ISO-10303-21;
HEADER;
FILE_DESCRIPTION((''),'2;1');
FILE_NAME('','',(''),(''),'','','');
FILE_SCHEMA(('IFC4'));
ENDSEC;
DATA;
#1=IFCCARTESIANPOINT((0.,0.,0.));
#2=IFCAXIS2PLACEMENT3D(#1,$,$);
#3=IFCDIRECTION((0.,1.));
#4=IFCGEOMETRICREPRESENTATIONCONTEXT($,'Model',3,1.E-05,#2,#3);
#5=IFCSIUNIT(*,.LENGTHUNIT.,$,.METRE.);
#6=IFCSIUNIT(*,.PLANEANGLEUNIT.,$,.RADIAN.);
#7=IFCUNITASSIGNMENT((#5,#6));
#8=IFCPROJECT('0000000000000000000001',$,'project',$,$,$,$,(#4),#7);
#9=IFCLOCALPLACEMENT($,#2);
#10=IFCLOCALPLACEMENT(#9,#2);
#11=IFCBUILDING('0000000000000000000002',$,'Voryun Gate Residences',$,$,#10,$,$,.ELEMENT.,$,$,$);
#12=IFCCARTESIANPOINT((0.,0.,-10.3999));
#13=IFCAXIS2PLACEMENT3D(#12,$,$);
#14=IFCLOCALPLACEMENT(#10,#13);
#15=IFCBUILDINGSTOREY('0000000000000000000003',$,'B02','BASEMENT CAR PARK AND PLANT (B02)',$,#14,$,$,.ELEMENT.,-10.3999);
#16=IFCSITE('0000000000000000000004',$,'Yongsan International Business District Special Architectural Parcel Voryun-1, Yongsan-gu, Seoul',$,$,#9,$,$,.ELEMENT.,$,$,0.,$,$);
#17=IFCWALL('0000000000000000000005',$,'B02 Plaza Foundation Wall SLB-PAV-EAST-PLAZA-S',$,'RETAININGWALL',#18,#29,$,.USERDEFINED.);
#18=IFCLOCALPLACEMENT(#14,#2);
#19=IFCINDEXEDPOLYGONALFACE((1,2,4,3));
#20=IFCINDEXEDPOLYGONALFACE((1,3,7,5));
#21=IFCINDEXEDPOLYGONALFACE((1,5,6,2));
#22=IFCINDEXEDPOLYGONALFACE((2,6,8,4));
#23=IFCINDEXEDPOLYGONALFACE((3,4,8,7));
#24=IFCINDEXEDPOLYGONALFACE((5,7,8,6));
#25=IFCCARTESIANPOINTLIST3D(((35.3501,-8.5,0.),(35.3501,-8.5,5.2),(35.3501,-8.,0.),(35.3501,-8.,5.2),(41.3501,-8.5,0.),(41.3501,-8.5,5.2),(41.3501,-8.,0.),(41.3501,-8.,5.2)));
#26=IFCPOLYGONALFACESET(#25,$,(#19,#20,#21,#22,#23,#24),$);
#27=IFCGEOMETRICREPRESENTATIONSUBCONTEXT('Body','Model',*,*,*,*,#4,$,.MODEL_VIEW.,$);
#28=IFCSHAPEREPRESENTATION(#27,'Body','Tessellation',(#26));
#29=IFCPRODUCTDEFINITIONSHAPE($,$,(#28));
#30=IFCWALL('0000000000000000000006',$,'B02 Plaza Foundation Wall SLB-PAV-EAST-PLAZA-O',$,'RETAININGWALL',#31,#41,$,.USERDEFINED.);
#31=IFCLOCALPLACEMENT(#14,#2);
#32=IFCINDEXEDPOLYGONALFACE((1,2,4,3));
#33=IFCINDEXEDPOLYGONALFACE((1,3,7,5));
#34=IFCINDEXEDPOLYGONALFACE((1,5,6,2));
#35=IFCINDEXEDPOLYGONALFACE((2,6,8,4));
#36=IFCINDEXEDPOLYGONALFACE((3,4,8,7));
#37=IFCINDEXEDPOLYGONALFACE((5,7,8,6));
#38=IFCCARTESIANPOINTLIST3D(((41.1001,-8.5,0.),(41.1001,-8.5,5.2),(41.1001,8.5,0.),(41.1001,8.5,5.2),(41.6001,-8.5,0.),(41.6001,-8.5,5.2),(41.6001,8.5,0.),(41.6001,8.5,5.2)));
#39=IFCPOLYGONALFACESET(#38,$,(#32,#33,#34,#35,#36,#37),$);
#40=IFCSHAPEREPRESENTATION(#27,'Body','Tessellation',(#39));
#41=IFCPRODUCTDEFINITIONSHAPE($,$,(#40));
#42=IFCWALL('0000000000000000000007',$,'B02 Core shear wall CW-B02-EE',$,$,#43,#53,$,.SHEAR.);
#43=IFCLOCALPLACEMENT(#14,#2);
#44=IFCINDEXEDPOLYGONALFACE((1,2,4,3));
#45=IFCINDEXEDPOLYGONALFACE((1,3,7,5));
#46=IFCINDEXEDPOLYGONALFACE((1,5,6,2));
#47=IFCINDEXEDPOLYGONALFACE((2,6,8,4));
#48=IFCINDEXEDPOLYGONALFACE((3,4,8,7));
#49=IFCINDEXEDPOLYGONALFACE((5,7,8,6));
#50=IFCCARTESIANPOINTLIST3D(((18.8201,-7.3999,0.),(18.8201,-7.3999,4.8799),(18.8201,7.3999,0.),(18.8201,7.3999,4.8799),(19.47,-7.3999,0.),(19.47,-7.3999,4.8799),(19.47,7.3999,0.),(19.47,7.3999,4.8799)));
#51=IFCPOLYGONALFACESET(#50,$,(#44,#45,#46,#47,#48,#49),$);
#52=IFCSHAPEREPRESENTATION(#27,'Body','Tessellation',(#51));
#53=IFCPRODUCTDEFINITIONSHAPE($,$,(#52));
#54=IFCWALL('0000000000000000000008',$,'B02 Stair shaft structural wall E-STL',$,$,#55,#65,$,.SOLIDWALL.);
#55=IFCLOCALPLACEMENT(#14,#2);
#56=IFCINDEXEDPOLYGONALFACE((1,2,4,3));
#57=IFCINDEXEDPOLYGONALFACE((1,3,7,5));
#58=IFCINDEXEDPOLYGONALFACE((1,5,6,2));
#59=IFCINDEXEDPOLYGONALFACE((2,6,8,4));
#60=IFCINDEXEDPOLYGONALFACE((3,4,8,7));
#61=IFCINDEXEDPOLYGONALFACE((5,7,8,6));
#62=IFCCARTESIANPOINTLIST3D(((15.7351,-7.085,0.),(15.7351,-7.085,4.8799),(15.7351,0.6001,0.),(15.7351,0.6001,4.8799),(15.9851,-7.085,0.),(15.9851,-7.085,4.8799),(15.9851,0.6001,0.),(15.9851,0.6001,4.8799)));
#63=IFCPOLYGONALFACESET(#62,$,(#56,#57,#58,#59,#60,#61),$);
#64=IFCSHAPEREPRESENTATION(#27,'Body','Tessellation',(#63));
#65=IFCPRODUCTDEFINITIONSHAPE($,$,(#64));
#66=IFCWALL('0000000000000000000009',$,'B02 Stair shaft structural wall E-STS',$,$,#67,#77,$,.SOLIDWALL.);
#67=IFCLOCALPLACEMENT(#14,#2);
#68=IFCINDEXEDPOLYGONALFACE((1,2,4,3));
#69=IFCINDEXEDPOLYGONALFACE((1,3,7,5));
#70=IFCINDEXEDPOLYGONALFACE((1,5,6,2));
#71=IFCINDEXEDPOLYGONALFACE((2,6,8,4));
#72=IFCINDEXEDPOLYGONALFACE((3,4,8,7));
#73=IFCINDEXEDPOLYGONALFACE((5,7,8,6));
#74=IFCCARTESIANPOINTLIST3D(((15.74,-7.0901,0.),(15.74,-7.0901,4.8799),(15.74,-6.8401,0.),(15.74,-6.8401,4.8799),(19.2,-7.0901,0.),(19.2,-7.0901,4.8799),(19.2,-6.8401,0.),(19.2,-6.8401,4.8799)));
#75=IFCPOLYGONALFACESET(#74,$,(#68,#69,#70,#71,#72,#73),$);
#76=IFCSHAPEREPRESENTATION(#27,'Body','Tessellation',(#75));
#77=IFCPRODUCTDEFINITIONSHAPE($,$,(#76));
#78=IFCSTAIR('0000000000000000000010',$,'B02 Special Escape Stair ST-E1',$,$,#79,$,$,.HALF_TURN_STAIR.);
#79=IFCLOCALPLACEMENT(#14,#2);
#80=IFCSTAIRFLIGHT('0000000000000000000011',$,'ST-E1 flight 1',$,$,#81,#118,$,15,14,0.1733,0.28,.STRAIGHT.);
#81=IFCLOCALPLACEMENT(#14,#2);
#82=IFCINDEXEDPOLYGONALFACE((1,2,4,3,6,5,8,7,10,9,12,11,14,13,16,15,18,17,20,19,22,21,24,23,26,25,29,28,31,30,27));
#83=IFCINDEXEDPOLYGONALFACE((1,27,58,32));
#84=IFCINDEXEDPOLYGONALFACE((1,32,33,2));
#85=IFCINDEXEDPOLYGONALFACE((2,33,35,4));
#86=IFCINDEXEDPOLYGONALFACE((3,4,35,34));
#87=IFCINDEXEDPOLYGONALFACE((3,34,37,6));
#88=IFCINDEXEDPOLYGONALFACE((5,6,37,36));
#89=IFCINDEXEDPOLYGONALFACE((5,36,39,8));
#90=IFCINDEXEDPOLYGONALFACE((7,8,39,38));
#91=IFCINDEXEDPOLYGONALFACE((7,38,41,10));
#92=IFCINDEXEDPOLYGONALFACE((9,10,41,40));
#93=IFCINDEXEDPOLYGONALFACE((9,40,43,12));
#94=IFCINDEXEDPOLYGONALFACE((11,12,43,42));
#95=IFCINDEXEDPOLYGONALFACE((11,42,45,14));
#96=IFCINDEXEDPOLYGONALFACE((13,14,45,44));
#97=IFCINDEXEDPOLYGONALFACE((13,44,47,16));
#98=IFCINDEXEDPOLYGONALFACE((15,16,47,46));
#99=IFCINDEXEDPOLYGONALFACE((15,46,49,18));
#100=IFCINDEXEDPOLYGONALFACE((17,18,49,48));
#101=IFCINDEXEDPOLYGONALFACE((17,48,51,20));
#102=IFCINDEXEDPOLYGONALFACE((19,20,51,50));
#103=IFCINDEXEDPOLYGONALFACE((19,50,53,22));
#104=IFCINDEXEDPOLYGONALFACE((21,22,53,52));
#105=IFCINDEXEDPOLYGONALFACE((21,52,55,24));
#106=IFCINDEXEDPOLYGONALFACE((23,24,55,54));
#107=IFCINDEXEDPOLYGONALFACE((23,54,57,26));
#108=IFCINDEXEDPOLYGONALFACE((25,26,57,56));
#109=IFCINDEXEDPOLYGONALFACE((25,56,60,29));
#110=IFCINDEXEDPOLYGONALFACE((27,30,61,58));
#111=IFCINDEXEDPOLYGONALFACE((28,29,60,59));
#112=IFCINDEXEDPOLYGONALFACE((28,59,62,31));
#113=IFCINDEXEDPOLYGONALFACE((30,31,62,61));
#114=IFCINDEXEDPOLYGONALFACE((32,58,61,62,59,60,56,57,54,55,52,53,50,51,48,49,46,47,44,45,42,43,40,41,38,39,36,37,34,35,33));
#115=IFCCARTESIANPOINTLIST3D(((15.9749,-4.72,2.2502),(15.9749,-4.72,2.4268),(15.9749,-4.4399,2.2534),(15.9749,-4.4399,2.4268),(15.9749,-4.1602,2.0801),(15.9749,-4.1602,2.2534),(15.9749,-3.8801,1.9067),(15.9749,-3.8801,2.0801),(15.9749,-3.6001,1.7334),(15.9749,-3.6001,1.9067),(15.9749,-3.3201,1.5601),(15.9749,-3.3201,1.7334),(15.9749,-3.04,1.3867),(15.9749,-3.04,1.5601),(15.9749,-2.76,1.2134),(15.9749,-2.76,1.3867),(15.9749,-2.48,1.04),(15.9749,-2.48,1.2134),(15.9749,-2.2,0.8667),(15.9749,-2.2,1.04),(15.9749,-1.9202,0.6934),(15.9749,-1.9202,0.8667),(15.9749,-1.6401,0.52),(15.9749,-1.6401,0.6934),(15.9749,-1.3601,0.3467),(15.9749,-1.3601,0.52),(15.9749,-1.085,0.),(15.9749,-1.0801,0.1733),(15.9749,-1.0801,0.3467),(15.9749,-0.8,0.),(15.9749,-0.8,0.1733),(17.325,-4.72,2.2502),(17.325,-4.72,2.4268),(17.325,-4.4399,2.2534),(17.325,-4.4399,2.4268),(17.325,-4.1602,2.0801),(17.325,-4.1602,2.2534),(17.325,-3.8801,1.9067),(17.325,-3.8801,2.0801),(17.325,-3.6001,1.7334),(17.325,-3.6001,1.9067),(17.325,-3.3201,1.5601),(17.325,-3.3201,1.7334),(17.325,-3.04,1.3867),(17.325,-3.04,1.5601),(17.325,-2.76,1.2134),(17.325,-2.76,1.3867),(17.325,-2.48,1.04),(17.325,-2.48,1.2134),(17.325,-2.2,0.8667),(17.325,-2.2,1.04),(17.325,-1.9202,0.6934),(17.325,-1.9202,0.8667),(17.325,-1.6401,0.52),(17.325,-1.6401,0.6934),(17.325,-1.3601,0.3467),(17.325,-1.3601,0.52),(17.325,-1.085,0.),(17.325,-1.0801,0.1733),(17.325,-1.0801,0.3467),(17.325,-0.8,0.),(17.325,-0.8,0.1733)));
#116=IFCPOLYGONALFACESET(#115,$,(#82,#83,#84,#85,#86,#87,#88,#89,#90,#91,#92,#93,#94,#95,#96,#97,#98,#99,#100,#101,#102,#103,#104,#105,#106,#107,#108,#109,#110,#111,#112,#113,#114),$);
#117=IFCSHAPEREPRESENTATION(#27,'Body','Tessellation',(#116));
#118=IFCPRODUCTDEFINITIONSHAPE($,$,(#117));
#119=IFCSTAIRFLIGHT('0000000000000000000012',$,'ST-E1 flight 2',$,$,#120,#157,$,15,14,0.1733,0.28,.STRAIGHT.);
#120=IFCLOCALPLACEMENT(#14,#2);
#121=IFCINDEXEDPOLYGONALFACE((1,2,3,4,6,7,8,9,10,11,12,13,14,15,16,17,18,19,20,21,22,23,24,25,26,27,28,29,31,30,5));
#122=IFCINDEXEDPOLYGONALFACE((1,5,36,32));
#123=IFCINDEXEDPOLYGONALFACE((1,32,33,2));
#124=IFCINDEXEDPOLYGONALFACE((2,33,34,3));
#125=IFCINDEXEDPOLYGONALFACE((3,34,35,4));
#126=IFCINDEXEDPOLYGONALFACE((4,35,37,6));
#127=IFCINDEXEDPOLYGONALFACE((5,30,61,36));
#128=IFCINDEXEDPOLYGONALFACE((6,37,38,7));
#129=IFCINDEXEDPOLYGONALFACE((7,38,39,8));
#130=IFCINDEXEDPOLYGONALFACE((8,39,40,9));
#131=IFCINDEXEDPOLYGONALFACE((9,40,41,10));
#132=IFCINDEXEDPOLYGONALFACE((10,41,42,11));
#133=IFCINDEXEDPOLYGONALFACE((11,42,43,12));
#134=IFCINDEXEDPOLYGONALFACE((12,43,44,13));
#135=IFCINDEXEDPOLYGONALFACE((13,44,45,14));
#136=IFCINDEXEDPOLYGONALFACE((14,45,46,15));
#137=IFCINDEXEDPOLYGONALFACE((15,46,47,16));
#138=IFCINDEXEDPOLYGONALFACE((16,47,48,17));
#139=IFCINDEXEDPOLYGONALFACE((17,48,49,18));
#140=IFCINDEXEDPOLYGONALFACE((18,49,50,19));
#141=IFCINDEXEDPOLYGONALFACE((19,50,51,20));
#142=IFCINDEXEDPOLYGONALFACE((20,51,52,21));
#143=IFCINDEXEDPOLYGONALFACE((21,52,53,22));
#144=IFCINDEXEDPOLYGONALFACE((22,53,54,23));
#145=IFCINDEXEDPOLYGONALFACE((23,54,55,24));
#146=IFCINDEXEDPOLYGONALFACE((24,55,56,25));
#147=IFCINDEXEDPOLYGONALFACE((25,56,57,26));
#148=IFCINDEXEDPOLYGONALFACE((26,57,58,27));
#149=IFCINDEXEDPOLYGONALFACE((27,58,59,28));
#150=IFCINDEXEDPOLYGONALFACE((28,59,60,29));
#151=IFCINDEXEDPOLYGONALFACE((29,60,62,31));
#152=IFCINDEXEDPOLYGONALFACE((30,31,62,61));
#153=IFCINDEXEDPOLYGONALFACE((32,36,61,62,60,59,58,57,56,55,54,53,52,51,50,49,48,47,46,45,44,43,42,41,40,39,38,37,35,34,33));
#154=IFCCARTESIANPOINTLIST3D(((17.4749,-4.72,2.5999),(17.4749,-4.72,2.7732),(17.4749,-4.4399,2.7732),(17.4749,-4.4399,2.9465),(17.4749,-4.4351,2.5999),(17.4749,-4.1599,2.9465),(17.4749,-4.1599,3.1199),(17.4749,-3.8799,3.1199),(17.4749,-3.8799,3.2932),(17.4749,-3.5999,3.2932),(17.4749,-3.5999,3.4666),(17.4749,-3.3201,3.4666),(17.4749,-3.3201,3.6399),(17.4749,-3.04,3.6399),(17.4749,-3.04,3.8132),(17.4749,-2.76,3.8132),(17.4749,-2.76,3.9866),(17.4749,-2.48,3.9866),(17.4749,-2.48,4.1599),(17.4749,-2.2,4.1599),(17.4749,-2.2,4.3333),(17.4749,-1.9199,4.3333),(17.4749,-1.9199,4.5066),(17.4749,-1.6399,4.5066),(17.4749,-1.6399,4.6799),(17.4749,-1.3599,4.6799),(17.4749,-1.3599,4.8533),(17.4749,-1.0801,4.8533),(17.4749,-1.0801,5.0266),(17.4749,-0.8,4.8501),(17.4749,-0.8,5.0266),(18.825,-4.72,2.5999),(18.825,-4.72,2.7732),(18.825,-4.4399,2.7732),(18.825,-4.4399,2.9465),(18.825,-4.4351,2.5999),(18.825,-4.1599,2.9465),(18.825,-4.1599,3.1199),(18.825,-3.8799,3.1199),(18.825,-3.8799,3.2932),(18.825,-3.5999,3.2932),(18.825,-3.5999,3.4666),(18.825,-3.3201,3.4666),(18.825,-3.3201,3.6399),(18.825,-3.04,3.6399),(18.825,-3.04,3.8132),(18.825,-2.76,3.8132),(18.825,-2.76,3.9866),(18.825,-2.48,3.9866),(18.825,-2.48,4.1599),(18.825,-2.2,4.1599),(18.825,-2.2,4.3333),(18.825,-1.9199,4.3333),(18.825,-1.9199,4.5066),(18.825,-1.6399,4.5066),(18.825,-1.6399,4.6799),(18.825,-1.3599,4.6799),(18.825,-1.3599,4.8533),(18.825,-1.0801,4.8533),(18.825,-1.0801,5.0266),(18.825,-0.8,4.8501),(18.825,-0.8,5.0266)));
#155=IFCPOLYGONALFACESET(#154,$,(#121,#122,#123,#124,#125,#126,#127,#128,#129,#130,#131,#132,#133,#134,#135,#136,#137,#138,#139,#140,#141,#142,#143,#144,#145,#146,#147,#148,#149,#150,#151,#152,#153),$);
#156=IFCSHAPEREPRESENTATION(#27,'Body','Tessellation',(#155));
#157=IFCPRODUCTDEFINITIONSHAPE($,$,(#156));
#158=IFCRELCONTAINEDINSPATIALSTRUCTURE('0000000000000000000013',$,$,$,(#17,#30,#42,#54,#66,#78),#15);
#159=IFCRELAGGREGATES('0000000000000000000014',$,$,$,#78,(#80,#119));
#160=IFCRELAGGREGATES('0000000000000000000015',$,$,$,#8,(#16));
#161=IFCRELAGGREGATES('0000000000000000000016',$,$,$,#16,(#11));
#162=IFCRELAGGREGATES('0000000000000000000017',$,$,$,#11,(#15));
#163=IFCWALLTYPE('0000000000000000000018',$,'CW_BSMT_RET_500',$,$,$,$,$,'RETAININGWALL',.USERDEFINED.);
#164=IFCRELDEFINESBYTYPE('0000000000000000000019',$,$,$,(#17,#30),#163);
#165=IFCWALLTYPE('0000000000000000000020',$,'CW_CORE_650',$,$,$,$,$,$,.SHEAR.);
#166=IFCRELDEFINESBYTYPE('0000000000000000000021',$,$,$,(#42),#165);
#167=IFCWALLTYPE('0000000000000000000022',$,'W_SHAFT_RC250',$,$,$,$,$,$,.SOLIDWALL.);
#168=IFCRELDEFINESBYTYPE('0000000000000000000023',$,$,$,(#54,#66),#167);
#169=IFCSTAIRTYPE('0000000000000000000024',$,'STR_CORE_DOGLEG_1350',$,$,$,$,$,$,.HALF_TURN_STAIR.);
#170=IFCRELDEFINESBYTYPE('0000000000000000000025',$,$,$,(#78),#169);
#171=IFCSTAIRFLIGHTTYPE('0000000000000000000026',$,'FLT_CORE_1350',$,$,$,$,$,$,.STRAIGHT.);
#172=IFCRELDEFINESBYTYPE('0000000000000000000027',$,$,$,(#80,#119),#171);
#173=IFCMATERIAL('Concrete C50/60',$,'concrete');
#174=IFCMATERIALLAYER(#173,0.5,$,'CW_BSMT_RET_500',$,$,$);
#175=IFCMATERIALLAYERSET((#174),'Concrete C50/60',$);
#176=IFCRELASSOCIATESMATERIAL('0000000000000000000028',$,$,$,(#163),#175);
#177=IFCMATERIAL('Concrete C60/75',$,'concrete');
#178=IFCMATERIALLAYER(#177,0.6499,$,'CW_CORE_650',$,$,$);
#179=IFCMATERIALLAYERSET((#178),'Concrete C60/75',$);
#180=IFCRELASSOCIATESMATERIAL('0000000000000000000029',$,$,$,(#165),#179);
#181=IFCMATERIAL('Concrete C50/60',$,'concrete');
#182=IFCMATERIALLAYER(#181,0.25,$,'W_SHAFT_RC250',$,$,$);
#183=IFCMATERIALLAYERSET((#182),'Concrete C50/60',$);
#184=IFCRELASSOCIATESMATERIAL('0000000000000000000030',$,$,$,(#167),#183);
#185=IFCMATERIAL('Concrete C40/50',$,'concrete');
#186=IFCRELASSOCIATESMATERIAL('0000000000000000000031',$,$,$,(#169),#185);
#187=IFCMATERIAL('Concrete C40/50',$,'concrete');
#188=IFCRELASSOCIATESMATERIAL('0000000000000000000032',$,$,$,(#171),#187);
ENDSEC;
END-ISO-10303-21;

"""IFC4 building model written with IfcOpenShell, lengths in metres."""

from ifc_helpers import new_model, si_unit, direction, frame, frame_2d, origin, place, context, subcontext, project, spatial, polyline, rectangle, outline, extrude, material, layer, layer_set, type_object, element, aggregate, save


model = new_model("IFC4")

# Units and contexts
model_context = context("Model", 3, precision=1e-05, world=origin(), true_north=direction((0.0, 1.0)))
body_context = subcontext(model_context, "Body", "Model", "MODEL_VIEW")
ifc_project = project(units=[si_unit("LENGTHUNIT", "METRE"), si_unit("PLANEANGLEUNIT", "RADIAN")], contexts=[model_context])

# Site, building, storey
site_placement = place(None, origin())
site = spatial("IfcSite", under=ifc_project, at=site_placement, Name="Yongsan International Business District Special Architectural Parcel Voryun-1, Yongsan-gu, Seoul", CompositionType="ELEMENT", RefElevation=0.0)
building_placement = place(site_placement, origin())
building = spatial("IfcBuilding", under=site, at=building_placement, Name="Voryun Gate Residences", CompositionType="ELEMENT")
storey_placement = place(building_placement, frame((0.0, 0.0, -10.3999)))
storey = spatial("IfcBuildingStorey", under=building, at=storey_placement, Name="B02", Description="BASEMENT CAR PARK AND PLANT (B02)", CompositionType="ELEMENT", Elevation=-10.3999)

# Walls
ifc_material_1 = material(Name="Concrete C50/60", Category="concrete")
ifc_layer_1 = layer(ifc_material_1, 0.5, Name="CW_BSMT_RET_500")
ifc_layer_set_1 = layer_set([ifc_layer_1], Name="Concrete C50/60")
wall_type_1 = type_object("IfcWallType", Name="CW_BSMT_RET_500", ElementType="RETAININGWALL", PredefinedType="USERDEFINED", material=ifc_layer_set_1)
wall_1_placement = place(storey_placement, frame((35.3501, -8.25, 0.0), z_axis=(0.0, 0.0, 1.0), x_axis=(1.0, 0.0, 0.0)))
element("IfcWall", 1, at=wall_1_placement, inside=storey, type_object=wall_type_1, Name="B02 Plaza Foundation Wall SLB-PAV-EAST-PLAZA-S", ObjectType="RETAININGWALL", PredefinedType="USERDEFINED", context=body_context, shape_type="SweptSolid", body=[
    extrude(rectangle(XDim=6.0, YDim=0.5, at=frame_2d((3.0, 0.0))), origin(), (0.0, 0.0, 1.0), 5.2),
])
wall_2_placement = place(storey_placement, frame((41.3501, -8.5, 0.0), z_axis=(0.0, 0.0, 1.0), x_axis=(0.0, 1.0, 0.0)))
element("IfcWall", 2, at=wall_2_placement, inside=storey, type_object=wall_type_1, Name="B02 Plaza Foundation Wall SLB-PAV-EAST-PLAZA-O", ObjectType="RETAININGWALL", PredefinedType="USERDEFINED", context=body_context, shape_type="SweptSolid", body=[
    extrude(rectangle(XDim=17.0, YDim=0.5, at=frame_2d((8.5, 0.0))), origin(), (0.0, 0.0, 1.0), 5.2),
])
ifc_material_2 = material(Name="Concrete C60/75", Category="concrete")
ifc_layer_2 = layer(ifc_material_2, 0.6499, Name="CW_CORE_650")
ifc_layer_set_2 = layer_set([ifc_layer_2], Name="Concrete C60/75")
wall_type_2 = type_object("IfcWallType", Name="CW_CORE_650", PredefinedType="SHEAR", material=ifc_layer_set_2)
wall_3_placement = place(storey_placement, frame((19.145, -7.3999, 0.0), z_axis=(0.0, 0.0, 1.0), x_axis=(0.0, 1.0, 0.0)))
element("IfcWall", 3, at=wall_3_placement, inside=storey, type_object=wall_type_2, Name="B02 Core shear wall CW-B02-EE", PredefinedType="SHEAR", context=body_context, shape_type="SweptSolid", body=[
    extrude(rectangle(XDim=14.7998, YDim=0.6499, at=frame_2d((7.3999, 0.0))), origin(), (0.0, 0.0, 1.0), 4.8799),
])
ifc_material_3 = material(Name="Concrete C50/60", Category="concrete")
ifc_layer_3 = layer(ifc_material_3, 0.25, Name="W_SHAFT_RC250")
ifc_layer_set_3 = layer_set([ifc_layer_3], Name="Concrete C50/60")
wall_type_3 = type_object("IfcWallType", Name="W_SHAFT_RC250", PredefinedType="SOLIDWALL", material=ifc_layer_set_3)
wall_4_placement = place(storey_placement, frame((15.8601, -7.085, 0.0), z_axis=(0.0, 0.0, 1.0), x_axis=(0.0, 1.0, 0.0)))
element("IfcWall", 4, at=wall_4_placement, inside=storey, type_object=wall_type_3, Name="B02 Stair shaft structural wall E-STL", PredefinedType="SOLIDWALL", context=body_context, shape_type="SweptSolid", body=[
    extrude(rectangle(XDim=7.6851, YDim=0.25, at=frame_2d((3.8425, 0.0))), origin(), (0.0, 0.0, 1.0), 4.8799),
])
wall_5_placement = place(storey_placement, frame((15.74, -6.9651, 0.0), z_axis=(0.0, 0.0, 1.0), x_axis=(1.0, 0.0, 0.0)))
element("IfcWall", 5, at=wall_5_placement, inside=storey, type_object=wall_type_3, Name="B02 Stair shaft structural wall E-STS", PredefinedType="SOLIDWALL", context=body_context, shape_type="SweptSolid", body=[
    extrude(rectangle(XDim=3.46, YDim=0.25, at=frame_2d((1.73, 0.0))), origin(), (0.0, 0.0, 1.0), 4.8799),
])

# Stair, stair flights
ifc_material_4 = material(Name="Concrete C40/50", Category="concrete")
stair_type = type_object("IfcStairType", Name="STR_CORE_DOGLEG_1350", PredefinedType="HALF_TURN_STAIR", material=ifc_material_4)
stair_placement = place(storey_placement, origin())
stair = element("IfcStair", 6, at=stair_placement, inside=storey, type_object=stair_type, Name="B02 Special Escape Stair ST-E1", PredefinedType="HALF_TURN_STAIR")
ifc_material_5 = material(Name="Concrete C40/50", Category="concrete")
stair_flight_type = type_object("IfcStairFlightType", Name="FLT_CORE_1350", PredefinedType="STRAIGHT", material=ifc_material_5)
stair_flight_1_placement = place(storey_placement, frame((16.6499, -0.8, 0.0), z_axis=(0.0, 0.0, 1.0), x_axis=(0.0, -1.0, 0.0)))
stair_flight_1 = element("IfcStairFlight", 7, at=stair_flight_1_placement, type_object=stair_flight_type, Name="ST-E1 flight 1", NumberOfRisers=15, NumberOfTreads=14, PredefinedType="STRAIGHT", RiserHeight=0.1733, TreadLength=0.28, context=body_context, shape_type="SweptSolid", body=[
    extrude(outline(polyline([(0.0, 0.0), (0.0, 0.1733), (0.28, 0.1733), (0.28, 0.3467), (0.5601, 0.3467), (0.5601, 0.52), (0.8401, 0.52), (0.8401, 0.6934), (1.1201, 0.6934), (1.1201, 0.8667), (1.3999, 0.8667), (1.3999, 1.04), (1.6799, 1.04), (1.6799, 1.2134), (1.96, 1.2134), (1.96, 1.3867), (2.24, 1.3867), (2.24, 1.5601), (2.52, 1.5601), (2.52, 1.7334), (2.8, 1.7334), (2.8, 1.9067), (3.0801, 1.9067), (3.0801, 2.0801), (3.3601, 2.0801), (3.3601, 2.2534), (3.6399, 2.2534), (3.6399, 2.4268), (3.9199, 2.4268), (3.9199, 2.6001), (3.9199, 2.2502), (0.2849, 0.0), (0.0, 0.0)])), frame((0.0, 0.675, 0.0), z_axis=(0.0, -1.0, 0.0), x_axis=(1.0, 0.0, 0.0)), (0.0, 0.0, 1.0), 1.3501),
])
stair_flight_2_placement = place(storey_placement, frame((18.1499, -4.72, 2.5999), z_axis=(0.0, 0.0, 1.0), x_axis=(0.0, 1.0, 0.0)))
stair_flight_2 = element("IfcStairFlight", 8, at=stair_flight_2_placement, type_object=stair_flight_type, Name="ST-E1 flight 2", NumberOfRisers=15, NumberOfTreads=14, PredefinedType="STRAIGHT", RiserHeight=0.1733, TreadLength=0.28, context=body_context, shape_type="SweptSolid", body=[
    extrude(outline(polyline([(0.0, 0.0), (0.0, 0.1733), (0.28, 0.1733), (0.28, 0.3467), (0.5601, 0.3467), (0.5601, 0.52), (0.8401, 0.52), (0.8401, 0.6934), (1.1201, 0.6934), (1.1201, 0.8667), (1.3999, 0.8667), (1.3999, 1.04), (1.6799, 1.04), (1.6799, 1.2134), (1.96, 1.2134), (1.96, 1.3867), (2.24, 1.3867), (2.24, 1.5601), (2.52, 1.5601), (2.52, 1.7334), (2.8, 1.7334), (2.8, 1.9067), (3.0801, 1.9067), (3.0801, 2.0801), (3.3601, 2.0801), (3.3601, 2.2534), (3.6399, 2.2534), (3.6399, 2.4268), (3.9199, 2.4268), (3.9199, 2.6001), (3.9199, 2.2502), (0.2849, 0.0), (0.0, 0.0)])), frame((0.0, 0.675, 0.0), z_axis=(0.0, -1.0, 0.0), x_axis=(1.0, 0.0, 0.0)), (0.0, 0.0, 1.0), 1.3501),
])
aggregate(stair, [stair_flight_1, stair_flight_2])

save(model, "model.ifc")
